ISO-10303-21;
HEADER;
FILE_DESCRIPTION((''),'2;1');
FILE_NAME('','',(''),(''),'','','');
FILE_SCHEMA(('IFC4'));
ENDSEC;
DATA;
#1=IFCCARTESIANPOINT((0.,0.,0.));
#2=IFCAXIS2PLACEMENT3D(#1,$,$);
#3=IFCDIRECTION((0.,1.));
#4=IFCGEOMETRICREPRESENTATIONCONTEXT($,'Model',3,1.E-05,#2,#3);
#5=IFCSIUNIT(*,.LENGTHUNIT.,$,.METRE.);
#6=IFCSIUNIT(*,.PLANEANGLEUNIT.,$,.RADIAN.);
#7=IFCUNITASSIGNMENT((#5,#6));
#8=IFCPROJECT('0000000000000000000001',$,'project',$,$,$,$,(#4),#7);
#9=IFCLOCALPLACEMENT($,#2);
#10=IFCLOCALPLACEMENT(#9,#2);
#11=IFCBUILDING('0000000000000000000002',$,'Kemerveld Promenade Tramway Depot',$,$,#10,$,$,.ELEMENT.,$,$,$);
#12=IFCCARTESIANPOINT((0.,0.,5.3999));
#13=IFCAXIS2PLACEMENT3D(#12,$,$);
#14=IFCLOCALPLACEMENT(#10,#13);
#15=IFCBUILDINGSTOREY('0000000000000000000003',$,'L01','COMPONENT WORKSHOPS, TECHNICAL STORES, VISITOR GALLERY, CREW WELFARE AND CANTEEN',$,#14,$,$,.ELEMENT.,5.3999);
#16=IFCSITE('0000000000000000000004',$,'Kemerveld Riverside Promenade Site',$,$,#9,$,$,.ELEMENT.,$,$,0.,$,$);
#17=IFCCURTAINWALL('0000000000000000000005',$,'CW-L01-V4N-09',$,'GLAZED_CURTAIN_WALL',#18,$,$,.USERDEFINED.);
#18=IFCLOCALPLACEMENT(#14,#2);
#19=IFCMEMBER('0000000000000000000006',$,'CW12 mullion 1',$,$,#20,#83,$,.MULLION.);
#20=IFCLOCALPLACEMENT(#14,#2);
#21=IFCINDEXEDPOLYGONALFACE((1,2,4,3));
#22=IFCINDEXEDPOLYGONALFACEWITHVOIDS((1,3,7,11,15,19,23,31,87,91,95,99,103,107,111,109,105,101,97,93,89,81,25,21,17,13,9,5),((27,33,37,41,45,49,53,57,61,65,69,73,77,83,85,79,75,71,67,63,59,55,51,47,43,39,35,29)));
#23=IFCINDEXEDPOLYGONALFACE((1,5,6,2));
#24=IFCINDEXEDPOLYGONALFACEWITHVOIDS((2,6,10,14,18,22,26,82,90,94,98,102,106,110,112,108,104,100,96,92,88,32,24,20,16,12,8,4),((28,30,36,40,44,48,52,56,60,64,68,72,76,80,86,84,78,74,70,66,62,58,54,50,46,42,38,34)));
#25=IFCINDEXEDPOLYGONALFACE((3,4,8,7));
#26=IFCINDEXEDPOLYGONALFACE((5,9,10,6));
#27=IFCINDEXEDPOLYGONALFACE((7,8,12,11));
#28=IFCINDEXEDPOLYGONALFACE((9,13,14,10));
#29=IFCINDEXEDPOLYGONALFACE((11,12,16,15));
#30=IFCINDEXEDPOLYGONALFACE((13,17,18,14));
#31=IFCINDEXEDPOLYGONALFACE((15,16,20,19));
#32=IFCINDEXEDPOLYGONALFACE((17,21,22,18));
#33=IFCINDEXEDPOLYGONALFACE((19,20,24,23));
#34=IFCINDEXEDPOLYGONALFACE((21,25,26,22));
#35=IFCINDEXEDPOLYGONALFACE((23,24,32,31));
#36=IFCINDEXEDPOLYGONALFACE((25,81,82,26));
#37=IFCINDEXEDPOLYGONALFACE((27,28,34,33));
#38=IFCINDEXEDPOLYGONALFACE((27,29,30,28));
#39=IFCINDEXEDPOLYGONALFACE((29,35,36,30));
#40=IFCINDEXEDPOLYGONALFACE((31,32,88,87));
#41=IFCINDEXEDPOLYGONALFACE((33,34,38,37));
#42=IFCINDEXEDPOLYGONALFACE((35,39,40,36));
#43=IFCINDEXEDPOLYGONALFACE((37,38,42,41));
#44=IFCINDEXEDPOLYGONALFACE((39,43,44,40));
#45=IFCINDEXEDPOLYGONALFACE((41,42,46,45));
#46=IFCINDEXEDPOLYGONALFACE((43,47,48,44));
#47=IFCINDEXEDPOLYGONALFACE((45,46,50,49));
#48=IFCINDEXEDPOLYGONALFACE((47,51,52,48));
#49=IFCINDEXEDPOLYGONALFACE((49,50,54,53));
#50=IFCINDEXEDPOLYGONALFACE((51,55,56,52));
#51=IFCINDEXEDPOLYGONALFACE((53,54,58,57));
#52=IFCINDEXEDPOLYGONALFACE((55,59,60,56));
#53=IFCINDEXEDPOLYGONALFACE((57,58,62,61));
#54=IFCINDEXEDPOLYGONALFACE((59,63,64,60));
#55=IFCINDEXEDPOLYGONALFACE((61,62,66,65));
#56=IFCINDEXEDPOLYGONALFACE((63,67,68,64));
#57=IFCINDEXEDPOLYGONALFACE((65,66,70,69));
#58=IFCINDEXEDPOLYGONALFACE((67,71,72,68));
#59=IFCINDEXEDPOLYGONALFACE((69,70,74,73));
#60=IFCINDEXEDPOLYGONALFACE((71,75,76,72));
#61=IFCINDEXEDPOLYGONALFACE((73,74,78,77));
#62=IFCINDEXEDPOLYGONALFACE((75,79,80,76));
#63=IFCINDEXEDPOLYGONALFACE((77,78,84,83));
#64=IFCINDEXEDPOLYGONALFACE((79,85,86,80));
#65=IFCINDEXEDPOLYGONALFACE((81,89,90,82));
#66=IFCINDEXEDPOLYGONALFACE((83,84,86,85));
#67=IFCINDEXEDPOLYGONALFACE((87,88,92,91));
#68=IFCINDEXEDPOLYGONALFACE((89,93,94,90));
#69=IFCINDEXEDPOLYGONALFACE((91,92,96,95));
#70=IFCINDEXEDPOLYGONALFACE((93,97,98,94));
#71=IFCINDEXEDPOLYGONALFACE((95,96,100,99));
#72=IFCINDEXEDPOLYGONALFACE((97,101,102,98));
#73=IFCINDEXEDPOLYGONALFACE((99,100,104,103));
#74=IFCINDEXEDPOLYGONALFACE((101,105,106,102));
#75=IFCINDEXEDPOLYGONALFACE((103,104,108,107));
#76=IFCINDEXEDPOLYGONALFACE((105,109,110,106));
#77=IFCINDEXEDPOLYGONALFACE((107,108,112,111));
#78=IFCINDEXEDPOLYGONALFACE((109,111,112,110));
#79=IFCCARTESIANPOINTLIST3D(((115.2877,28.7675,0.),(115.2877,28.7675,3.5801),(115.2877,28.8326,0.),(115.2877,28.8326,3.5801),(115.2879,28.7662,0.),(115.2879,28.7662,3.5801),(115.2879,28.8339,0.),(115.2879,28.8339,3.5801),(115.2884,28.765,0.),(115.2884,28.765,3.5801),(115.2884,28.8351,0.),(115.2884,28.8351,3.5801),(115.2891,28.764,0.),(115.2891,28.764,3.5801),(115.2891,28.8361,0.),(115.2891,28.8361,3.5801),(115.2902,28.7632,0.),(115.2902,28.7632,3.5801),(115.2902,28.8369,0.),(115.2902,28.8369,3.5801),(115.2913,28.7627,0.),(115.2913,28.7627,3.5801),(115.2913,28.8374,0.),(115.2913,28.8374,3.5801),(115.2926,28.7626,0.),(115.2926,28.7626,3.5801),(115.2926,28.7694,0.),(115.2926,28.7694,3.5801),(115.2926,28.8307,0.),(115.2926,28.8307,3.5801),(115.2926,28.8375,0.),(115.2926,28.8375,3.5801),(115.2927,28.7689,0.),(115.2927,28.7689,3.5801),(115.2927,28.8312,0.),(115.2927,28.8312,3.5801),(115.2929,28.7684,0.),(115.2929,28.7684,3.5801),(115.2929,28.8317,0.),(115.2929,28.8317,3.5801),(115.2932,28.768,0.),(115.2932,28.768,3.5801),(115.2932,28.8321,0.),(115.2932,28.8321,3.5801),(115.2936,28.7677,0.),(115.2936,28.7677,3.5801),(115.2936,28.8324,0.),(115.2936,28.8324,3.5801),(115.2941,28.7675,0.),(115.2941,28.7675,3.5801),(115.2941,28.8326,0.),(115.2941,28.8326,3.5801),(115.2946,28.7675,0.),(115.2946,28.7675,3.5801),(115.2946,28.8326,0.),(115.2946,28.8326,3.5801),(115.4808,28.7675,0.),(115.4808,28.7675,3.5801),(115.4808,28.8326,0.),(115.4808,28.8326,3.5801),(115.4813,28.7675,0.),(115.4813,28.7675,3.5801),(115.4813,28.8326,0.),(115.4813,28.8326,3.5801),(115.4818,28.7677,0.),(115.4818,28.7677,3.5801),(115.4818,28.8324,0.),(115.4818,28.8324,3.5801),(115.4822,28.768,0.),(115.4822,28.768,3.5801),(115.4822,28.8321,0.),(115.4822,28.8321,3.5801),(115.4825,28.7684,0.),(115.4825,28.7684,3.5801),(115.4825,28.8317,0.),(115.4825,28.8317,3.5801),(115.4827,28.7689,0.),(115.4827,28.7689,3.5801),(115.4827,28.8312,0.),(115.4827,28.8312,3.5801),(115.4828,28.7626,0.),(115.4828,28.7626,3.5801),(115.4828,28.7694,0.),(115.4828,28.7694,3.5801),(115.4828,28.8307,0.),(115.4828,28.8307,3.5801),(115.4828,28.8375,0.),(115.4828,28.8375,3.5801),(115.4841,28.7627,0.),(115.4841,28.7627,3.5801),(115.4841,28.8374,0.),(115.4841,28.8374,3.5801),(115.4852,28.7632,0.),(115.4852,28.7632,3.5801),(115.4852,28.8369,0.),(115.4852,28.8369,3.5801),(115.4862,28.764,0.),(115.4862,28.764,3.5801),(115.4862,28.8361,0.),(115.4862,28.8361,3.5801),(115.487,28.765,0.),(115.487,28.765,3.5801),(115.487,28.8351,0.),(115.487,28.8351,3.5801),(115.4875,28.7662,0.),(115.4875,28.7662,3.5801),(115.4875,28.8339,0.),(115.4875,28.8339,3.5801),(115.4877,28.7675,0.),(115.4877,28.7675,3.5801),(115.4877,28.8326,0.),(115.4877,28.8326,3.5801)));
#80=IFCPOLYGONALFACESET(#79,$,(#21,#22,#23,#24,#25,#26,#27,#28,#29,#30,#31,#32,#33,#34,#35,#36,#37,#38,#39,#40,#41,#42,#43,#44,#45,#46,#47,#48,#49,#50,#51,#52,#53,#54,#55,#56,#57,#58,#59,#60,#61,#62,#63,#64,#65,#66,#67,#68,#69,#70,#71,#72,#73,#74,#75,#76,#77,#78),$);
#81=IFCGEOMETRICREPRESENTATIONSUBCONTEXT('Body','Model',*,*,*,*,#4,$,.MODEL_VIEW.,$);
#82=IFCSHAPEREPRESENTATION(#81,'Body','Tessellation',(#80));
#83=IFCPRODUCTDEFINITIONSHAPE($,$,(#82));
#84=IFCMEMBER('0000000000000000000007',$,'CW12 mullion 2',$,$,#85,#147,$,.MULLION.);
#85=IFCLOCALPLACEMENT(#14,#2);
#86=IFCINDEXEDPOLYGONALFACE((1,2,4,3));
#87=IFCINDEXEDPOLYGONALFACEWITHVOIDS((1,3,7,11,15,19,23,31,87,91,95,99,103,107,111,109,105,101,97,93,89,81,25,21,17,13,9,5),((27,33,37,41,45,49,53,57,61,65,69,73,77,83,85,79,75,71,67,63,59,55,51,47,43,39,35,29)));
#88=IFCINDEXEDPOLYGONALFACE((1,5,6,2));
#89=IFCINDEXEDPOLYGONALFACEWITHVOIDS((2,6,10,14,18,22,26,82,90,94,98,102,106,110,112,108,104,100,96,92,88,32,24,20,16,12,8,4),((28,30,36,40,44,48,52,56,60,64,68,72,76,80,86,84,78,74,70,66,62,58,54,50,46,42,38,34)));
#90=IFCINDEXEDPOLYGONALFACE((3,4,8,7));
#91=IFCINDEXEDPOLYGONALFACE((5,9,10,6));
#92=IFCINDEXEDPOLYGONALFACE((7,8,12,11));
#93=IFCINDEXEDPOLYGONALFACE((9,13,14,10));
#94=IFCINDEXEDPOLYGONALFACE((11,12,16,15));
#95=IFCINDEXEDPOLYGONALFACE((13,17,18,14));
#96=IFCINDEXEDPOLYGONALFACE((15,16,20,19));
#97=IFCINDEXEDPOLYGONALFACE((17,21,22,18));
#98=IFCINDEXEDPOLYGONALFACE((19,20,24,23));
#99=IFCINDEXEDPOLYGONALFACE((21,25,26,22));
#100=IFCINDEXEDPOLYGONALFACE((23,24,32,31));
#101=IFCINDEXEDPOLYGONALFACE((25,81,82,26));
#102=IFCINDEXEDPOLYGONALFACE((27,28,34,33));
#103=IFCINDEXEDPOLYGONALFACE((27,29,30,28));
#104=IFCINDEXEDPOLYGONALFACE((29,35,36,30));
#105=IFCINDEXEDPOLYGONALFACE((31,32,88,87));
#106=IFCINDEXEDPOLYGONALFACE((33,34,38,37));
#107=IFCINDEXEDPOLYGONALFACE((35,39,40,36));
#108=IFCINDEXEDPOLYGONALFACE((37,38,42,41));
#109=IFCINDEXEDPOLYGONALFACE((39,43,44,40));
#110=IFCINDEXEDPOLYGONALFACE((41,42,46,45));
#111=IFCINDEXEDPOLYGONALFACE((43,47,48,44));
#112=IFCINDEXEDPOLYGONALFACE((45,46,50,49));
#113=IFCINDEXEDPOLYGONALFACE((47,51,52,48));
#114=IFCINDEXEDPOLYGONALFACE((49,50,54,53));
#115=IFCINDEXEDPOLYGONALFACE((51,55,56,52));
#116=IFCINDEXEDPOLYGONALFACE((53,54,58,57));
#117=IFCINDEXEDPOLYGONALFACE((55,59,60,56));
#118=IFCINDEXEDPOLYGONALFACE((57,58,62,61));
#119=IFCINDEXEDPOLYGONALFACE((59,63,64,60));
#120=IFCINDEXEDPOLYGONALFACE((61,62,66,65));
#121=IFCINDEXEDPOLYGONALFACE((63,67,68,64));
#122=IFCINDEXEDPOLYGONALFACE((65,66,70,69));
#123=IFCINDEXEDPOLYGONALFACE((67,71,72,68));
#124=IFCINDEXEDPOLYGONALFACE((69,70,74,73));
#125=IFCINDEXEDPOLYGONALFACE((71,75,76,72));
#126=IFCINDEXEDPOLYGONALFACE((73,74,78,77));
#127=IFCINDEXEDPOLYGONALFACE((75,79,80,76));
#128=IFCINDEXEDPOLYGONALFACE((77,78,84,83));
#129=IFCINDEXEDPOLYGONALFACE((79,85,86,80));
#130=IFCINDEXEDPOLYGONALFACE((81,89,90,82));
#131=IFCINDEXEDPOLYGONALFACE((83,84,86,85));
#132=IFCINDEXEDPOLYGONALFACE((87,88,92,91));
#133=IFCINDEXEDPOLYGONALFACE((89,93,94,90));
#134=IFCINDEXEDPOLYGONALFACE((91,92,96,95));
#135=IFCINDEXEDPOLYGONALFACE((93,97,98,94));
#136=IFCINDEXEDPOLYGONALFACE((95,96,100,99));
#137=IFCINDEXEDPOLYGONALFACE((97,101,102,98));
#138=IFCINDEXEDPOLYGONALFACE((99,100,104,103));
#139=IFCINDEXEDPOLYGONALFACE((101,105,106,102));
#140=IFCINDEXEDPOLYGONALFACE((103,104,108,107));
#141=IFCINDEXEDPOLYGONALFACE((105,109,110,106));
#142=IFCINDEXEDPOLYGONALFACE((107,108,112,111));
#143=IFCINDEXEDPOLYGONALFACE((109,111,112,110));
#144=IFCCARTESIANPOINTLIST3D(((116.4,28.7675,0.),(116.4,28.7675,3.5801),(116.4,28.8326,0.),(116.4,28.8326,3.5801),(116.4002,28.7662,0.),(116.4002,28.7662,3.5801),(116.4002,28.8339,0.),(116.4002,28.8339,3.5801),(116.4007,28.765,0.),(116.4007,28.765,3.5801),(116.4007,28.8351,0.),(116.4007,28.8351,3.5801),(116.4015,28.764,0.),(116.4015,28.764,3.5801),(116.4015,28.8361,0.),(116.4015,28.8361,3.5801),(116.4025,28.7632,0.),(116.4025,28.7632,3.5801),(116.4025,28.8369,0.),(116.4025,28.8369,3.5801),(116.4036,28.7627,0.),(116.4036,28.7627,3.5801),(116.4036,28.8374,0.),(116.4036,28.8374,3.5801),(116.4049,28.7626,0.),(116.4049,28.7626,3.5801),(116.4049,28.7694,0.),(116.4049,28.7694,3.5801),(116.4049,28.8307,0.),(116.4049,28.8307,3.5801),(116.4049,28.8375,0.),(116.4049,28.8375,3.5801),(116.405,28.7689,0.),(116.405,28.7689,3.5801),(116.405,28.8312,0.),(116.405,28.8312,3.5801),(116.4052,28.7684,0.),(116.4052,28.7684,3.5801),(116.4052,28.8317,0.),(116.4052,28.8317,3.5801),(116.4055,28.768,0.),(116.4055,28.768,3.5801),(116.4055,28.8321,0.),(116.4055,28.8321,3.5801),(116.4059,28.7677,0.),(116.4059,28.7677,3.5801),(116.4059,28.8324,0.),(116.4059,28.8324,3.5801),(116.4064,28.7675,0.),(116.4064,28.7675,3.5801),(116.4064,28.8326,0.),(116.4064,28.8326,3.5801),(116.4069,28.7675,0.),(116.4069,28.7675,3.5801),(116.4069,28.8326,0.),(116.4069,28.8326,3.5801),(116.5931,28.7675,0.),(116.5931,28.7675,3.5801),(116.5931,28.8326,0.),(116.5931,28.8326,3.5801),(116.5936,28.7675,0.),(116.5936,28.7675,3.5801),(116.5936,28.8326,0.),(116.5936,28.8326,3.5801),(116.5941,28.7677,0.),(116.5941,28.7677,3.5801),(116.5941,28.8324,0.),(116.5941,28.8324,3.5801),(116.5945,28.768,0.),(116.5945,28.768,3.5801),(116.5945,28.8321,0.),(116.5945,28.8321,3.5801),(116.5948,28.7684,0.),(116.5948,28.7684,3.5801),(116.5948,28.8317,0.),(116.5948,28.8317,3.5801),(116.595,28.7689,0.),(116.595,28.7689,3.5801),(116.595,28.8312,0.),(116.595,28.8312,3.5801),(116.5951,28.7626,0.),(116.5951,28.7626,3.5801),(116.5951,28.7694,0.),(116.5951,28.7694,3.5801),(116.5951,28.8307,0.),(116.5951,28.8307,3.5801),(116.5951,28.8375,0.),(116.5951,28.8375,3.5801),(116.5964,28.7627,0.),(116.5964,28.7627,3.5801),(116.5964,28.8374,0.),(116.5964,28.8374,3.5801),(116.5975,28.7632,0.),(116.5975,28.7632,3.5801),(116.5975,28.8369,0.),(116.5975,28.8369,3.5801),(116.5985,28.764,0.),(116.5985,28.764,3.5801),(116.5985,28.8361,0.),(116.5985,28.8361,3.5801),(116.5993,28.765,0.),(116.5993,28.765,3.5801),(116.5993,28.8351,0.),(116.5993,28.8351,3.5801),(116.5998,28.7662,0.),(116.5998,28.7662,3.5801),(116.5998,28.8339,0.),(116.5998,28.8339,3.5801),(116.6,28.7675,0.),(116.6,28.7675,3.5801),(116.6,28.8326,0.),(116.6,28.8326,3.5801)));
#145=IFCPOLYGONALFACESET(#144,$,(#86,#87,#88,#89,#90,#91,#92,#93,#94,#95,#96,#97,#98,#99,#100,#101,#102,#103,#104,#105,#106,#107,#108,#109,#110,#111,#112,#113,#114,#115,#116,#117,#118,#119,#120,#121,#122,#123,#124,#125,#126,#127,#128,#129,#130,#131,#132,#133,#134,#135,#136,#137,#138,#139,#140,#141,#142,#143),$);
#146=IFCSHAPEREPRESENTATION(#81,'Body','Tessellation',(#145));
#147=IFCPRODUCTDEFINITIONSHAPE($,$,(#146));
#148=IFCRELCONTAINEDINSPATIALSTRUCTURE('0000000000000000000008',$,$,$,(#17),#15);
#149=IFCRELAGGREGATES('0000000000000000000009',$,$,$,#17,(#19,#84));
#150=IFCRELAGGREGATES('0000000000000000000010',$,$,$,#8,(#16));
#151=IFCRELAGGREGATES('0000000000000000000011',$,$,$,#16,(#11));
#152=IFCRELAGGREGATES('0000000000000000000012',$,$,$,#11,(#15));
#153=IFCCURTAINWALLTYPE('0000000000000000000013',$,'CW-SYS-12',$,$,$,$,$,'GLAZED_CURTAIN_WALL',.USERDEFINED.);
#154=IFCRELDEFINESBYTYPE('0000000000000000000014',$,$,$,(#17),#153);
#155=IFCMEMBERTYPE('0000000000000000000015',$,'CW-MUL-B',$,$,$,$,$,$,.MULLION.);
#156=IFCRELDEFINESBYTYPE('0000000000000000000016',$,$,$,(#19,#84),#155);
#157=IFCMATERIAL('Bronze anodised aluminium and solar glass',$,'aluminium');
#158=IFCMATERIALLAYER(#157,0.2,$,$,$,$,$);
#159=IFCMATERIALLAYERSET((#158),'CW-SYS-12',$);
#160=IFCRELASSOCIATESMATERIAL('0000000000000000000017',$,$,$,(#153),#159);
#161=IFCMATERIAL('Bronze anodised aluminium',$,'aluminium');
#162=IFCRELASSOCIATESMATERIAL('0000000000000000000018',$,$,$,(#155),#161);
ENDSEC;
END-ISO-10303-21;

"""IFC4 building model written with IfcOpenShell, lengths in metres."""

from ifc_helpers import new_model, si_unit, direction, frame, origin, origin_2d, place, context, subcontext, project, spatial, hollow_rectangle, extrude, material, layer, layer_set, material_profile, profile_set, type_object, element, aggregate, save


model = new_model("IFC4")

# Units and contexts
model_context = context("Model", 3, precision=1e-05, world=origin(), true_north=direction((0.0, 1.0)))
body_context = subcontext(model_context, "Body", "Model", "MODEL_VIEW")
ifc_project = project(units=[si_unit("LENGTHUNIT", "METRE"), si_unit("PLANEANGLEUNIT", "RADIAN")], contexts=[model_context])

# Site, building, storey
site_placement = place(None, origin())
site = spatial("IfcSite", under=ifc_project, at=site_placement, Name="Kemerveld Riverside Promenade Site", CompositionType="ELEMENT", RefElevation=0.0)
building_placement = place(site_placement, origin())
building = spatial("IfcBuilding", under=site, at=building_placement, Name="Kemerveld Promenade Tramway Depot", CompositionType="ELEMENT")
storey_placement = place(building_placement, frame((0.0, 0.0, 5.3999)))
storey = spatial("IfcBuildingStorey", under=building, at=storey_placement, Name="L01", Description="COMPONENT WORKSHOPS, TECHNICAL STORES, VISITOR GALLERY, CREW WELFARE AND CANTEEN", CompositionType="ELEMENT", Elevation=5.3999)

# Curtain wall, members
ifc_material_1 = material(Name="Bronze anodised aluminium and solar glass", Category="aluminium")
ifc_layer_1 = layer(ifc_material_1, 0.2)
ifc_layer_set_1 = layer_set([ifc_layer_1], Name="CW-SYS-12")
curtain_wall_type = type_object("IfcCurtainWallType", Name="CW-SYS-12", ElementType="GLAZED_CURTAIN_WALL", PredefinedType="USERDEFINED", material=ifc_layer_set_1)
curtain_wall_placement = place(storey_placement, origin())
curtain_wall = element("IfcCurtainWall", 1, at=curtain_wall_placement, inside=storey, type_object=curtain_wall_type, Name="CW-L01-V4N-09", ObjectType="GLAZED_CURTAIN_WALL", PredefinedType="USERDEFINED")
ifc_material_2 = material(Name="Bronze anodised aluminium", Category="aluminium")
ifc_material_profile_1 = material_profile(ifc_material_2, hollow_rectangle(XDim=0.075, YDim=0.2, WallThickness=0.0049, InnerFilletRadius=0.002, OuterFilletRadius=0.0049, at=origin_2d()), Name="CW-MUL-200x75")
ifc_profile_set_1 = profile_set([ifc_material_profile_1], Name="Bronze anodised aluminium")
member_type_1 = type_object("IfcMemberType", Name="CW-MUL-B", PredefinedType="MULLION", material=ifc_profile_set_1)
member_1_placement = place(storey_placement, frame((115.3877, 28.8, 0.0), z_axis=(0.0, 0.0, 1.0), x_axis=(0.0, 1.0, 0.0)))
member_1 = element("IfcMember", 2, at=member_1_placement, type_object=member_type_1, Name="CW12 mullion 1", PredefinedType="MULLION", context=body_context, shape_type="SweptSolid", body=[
    extrude(hollow_rectangle(XDim=0.075, YDim=0.2, WallThickness=0.0049, InnerFilletRadius=0.002, OuterFilletRadius=0.0049, at=origin_2d()), origin(), (0.0, 0.0, 1.0), 3.5801),
])
member_2_placement = place(storey_placement, frame((116.5, 28.8, 0.0), z_axis=(0.0, 0.0, 1.0), x_axis=(0.0, 1.0, 0.0)))
member_2 = element("IfcMember", 3, at=member_2_placement, type_object=member_type_1, Name="CW12 mullion 2", PredefinedType="MULLION", context=body_context, shape_type="SweptSolid", body=[
    extrude(hollow_rectangle(XDim=0.075, YDim=0.2, WallThickness=0.0049, InnerFilletRadius=0.002, OuterFilletRadius=0.0049, at=origin_2d()), origin(), (0.0, 0.0, 1.0), 3.5801),
])
aggregate(curtain_wall, [member_1, member_2])

save(model, "model.ifc")
